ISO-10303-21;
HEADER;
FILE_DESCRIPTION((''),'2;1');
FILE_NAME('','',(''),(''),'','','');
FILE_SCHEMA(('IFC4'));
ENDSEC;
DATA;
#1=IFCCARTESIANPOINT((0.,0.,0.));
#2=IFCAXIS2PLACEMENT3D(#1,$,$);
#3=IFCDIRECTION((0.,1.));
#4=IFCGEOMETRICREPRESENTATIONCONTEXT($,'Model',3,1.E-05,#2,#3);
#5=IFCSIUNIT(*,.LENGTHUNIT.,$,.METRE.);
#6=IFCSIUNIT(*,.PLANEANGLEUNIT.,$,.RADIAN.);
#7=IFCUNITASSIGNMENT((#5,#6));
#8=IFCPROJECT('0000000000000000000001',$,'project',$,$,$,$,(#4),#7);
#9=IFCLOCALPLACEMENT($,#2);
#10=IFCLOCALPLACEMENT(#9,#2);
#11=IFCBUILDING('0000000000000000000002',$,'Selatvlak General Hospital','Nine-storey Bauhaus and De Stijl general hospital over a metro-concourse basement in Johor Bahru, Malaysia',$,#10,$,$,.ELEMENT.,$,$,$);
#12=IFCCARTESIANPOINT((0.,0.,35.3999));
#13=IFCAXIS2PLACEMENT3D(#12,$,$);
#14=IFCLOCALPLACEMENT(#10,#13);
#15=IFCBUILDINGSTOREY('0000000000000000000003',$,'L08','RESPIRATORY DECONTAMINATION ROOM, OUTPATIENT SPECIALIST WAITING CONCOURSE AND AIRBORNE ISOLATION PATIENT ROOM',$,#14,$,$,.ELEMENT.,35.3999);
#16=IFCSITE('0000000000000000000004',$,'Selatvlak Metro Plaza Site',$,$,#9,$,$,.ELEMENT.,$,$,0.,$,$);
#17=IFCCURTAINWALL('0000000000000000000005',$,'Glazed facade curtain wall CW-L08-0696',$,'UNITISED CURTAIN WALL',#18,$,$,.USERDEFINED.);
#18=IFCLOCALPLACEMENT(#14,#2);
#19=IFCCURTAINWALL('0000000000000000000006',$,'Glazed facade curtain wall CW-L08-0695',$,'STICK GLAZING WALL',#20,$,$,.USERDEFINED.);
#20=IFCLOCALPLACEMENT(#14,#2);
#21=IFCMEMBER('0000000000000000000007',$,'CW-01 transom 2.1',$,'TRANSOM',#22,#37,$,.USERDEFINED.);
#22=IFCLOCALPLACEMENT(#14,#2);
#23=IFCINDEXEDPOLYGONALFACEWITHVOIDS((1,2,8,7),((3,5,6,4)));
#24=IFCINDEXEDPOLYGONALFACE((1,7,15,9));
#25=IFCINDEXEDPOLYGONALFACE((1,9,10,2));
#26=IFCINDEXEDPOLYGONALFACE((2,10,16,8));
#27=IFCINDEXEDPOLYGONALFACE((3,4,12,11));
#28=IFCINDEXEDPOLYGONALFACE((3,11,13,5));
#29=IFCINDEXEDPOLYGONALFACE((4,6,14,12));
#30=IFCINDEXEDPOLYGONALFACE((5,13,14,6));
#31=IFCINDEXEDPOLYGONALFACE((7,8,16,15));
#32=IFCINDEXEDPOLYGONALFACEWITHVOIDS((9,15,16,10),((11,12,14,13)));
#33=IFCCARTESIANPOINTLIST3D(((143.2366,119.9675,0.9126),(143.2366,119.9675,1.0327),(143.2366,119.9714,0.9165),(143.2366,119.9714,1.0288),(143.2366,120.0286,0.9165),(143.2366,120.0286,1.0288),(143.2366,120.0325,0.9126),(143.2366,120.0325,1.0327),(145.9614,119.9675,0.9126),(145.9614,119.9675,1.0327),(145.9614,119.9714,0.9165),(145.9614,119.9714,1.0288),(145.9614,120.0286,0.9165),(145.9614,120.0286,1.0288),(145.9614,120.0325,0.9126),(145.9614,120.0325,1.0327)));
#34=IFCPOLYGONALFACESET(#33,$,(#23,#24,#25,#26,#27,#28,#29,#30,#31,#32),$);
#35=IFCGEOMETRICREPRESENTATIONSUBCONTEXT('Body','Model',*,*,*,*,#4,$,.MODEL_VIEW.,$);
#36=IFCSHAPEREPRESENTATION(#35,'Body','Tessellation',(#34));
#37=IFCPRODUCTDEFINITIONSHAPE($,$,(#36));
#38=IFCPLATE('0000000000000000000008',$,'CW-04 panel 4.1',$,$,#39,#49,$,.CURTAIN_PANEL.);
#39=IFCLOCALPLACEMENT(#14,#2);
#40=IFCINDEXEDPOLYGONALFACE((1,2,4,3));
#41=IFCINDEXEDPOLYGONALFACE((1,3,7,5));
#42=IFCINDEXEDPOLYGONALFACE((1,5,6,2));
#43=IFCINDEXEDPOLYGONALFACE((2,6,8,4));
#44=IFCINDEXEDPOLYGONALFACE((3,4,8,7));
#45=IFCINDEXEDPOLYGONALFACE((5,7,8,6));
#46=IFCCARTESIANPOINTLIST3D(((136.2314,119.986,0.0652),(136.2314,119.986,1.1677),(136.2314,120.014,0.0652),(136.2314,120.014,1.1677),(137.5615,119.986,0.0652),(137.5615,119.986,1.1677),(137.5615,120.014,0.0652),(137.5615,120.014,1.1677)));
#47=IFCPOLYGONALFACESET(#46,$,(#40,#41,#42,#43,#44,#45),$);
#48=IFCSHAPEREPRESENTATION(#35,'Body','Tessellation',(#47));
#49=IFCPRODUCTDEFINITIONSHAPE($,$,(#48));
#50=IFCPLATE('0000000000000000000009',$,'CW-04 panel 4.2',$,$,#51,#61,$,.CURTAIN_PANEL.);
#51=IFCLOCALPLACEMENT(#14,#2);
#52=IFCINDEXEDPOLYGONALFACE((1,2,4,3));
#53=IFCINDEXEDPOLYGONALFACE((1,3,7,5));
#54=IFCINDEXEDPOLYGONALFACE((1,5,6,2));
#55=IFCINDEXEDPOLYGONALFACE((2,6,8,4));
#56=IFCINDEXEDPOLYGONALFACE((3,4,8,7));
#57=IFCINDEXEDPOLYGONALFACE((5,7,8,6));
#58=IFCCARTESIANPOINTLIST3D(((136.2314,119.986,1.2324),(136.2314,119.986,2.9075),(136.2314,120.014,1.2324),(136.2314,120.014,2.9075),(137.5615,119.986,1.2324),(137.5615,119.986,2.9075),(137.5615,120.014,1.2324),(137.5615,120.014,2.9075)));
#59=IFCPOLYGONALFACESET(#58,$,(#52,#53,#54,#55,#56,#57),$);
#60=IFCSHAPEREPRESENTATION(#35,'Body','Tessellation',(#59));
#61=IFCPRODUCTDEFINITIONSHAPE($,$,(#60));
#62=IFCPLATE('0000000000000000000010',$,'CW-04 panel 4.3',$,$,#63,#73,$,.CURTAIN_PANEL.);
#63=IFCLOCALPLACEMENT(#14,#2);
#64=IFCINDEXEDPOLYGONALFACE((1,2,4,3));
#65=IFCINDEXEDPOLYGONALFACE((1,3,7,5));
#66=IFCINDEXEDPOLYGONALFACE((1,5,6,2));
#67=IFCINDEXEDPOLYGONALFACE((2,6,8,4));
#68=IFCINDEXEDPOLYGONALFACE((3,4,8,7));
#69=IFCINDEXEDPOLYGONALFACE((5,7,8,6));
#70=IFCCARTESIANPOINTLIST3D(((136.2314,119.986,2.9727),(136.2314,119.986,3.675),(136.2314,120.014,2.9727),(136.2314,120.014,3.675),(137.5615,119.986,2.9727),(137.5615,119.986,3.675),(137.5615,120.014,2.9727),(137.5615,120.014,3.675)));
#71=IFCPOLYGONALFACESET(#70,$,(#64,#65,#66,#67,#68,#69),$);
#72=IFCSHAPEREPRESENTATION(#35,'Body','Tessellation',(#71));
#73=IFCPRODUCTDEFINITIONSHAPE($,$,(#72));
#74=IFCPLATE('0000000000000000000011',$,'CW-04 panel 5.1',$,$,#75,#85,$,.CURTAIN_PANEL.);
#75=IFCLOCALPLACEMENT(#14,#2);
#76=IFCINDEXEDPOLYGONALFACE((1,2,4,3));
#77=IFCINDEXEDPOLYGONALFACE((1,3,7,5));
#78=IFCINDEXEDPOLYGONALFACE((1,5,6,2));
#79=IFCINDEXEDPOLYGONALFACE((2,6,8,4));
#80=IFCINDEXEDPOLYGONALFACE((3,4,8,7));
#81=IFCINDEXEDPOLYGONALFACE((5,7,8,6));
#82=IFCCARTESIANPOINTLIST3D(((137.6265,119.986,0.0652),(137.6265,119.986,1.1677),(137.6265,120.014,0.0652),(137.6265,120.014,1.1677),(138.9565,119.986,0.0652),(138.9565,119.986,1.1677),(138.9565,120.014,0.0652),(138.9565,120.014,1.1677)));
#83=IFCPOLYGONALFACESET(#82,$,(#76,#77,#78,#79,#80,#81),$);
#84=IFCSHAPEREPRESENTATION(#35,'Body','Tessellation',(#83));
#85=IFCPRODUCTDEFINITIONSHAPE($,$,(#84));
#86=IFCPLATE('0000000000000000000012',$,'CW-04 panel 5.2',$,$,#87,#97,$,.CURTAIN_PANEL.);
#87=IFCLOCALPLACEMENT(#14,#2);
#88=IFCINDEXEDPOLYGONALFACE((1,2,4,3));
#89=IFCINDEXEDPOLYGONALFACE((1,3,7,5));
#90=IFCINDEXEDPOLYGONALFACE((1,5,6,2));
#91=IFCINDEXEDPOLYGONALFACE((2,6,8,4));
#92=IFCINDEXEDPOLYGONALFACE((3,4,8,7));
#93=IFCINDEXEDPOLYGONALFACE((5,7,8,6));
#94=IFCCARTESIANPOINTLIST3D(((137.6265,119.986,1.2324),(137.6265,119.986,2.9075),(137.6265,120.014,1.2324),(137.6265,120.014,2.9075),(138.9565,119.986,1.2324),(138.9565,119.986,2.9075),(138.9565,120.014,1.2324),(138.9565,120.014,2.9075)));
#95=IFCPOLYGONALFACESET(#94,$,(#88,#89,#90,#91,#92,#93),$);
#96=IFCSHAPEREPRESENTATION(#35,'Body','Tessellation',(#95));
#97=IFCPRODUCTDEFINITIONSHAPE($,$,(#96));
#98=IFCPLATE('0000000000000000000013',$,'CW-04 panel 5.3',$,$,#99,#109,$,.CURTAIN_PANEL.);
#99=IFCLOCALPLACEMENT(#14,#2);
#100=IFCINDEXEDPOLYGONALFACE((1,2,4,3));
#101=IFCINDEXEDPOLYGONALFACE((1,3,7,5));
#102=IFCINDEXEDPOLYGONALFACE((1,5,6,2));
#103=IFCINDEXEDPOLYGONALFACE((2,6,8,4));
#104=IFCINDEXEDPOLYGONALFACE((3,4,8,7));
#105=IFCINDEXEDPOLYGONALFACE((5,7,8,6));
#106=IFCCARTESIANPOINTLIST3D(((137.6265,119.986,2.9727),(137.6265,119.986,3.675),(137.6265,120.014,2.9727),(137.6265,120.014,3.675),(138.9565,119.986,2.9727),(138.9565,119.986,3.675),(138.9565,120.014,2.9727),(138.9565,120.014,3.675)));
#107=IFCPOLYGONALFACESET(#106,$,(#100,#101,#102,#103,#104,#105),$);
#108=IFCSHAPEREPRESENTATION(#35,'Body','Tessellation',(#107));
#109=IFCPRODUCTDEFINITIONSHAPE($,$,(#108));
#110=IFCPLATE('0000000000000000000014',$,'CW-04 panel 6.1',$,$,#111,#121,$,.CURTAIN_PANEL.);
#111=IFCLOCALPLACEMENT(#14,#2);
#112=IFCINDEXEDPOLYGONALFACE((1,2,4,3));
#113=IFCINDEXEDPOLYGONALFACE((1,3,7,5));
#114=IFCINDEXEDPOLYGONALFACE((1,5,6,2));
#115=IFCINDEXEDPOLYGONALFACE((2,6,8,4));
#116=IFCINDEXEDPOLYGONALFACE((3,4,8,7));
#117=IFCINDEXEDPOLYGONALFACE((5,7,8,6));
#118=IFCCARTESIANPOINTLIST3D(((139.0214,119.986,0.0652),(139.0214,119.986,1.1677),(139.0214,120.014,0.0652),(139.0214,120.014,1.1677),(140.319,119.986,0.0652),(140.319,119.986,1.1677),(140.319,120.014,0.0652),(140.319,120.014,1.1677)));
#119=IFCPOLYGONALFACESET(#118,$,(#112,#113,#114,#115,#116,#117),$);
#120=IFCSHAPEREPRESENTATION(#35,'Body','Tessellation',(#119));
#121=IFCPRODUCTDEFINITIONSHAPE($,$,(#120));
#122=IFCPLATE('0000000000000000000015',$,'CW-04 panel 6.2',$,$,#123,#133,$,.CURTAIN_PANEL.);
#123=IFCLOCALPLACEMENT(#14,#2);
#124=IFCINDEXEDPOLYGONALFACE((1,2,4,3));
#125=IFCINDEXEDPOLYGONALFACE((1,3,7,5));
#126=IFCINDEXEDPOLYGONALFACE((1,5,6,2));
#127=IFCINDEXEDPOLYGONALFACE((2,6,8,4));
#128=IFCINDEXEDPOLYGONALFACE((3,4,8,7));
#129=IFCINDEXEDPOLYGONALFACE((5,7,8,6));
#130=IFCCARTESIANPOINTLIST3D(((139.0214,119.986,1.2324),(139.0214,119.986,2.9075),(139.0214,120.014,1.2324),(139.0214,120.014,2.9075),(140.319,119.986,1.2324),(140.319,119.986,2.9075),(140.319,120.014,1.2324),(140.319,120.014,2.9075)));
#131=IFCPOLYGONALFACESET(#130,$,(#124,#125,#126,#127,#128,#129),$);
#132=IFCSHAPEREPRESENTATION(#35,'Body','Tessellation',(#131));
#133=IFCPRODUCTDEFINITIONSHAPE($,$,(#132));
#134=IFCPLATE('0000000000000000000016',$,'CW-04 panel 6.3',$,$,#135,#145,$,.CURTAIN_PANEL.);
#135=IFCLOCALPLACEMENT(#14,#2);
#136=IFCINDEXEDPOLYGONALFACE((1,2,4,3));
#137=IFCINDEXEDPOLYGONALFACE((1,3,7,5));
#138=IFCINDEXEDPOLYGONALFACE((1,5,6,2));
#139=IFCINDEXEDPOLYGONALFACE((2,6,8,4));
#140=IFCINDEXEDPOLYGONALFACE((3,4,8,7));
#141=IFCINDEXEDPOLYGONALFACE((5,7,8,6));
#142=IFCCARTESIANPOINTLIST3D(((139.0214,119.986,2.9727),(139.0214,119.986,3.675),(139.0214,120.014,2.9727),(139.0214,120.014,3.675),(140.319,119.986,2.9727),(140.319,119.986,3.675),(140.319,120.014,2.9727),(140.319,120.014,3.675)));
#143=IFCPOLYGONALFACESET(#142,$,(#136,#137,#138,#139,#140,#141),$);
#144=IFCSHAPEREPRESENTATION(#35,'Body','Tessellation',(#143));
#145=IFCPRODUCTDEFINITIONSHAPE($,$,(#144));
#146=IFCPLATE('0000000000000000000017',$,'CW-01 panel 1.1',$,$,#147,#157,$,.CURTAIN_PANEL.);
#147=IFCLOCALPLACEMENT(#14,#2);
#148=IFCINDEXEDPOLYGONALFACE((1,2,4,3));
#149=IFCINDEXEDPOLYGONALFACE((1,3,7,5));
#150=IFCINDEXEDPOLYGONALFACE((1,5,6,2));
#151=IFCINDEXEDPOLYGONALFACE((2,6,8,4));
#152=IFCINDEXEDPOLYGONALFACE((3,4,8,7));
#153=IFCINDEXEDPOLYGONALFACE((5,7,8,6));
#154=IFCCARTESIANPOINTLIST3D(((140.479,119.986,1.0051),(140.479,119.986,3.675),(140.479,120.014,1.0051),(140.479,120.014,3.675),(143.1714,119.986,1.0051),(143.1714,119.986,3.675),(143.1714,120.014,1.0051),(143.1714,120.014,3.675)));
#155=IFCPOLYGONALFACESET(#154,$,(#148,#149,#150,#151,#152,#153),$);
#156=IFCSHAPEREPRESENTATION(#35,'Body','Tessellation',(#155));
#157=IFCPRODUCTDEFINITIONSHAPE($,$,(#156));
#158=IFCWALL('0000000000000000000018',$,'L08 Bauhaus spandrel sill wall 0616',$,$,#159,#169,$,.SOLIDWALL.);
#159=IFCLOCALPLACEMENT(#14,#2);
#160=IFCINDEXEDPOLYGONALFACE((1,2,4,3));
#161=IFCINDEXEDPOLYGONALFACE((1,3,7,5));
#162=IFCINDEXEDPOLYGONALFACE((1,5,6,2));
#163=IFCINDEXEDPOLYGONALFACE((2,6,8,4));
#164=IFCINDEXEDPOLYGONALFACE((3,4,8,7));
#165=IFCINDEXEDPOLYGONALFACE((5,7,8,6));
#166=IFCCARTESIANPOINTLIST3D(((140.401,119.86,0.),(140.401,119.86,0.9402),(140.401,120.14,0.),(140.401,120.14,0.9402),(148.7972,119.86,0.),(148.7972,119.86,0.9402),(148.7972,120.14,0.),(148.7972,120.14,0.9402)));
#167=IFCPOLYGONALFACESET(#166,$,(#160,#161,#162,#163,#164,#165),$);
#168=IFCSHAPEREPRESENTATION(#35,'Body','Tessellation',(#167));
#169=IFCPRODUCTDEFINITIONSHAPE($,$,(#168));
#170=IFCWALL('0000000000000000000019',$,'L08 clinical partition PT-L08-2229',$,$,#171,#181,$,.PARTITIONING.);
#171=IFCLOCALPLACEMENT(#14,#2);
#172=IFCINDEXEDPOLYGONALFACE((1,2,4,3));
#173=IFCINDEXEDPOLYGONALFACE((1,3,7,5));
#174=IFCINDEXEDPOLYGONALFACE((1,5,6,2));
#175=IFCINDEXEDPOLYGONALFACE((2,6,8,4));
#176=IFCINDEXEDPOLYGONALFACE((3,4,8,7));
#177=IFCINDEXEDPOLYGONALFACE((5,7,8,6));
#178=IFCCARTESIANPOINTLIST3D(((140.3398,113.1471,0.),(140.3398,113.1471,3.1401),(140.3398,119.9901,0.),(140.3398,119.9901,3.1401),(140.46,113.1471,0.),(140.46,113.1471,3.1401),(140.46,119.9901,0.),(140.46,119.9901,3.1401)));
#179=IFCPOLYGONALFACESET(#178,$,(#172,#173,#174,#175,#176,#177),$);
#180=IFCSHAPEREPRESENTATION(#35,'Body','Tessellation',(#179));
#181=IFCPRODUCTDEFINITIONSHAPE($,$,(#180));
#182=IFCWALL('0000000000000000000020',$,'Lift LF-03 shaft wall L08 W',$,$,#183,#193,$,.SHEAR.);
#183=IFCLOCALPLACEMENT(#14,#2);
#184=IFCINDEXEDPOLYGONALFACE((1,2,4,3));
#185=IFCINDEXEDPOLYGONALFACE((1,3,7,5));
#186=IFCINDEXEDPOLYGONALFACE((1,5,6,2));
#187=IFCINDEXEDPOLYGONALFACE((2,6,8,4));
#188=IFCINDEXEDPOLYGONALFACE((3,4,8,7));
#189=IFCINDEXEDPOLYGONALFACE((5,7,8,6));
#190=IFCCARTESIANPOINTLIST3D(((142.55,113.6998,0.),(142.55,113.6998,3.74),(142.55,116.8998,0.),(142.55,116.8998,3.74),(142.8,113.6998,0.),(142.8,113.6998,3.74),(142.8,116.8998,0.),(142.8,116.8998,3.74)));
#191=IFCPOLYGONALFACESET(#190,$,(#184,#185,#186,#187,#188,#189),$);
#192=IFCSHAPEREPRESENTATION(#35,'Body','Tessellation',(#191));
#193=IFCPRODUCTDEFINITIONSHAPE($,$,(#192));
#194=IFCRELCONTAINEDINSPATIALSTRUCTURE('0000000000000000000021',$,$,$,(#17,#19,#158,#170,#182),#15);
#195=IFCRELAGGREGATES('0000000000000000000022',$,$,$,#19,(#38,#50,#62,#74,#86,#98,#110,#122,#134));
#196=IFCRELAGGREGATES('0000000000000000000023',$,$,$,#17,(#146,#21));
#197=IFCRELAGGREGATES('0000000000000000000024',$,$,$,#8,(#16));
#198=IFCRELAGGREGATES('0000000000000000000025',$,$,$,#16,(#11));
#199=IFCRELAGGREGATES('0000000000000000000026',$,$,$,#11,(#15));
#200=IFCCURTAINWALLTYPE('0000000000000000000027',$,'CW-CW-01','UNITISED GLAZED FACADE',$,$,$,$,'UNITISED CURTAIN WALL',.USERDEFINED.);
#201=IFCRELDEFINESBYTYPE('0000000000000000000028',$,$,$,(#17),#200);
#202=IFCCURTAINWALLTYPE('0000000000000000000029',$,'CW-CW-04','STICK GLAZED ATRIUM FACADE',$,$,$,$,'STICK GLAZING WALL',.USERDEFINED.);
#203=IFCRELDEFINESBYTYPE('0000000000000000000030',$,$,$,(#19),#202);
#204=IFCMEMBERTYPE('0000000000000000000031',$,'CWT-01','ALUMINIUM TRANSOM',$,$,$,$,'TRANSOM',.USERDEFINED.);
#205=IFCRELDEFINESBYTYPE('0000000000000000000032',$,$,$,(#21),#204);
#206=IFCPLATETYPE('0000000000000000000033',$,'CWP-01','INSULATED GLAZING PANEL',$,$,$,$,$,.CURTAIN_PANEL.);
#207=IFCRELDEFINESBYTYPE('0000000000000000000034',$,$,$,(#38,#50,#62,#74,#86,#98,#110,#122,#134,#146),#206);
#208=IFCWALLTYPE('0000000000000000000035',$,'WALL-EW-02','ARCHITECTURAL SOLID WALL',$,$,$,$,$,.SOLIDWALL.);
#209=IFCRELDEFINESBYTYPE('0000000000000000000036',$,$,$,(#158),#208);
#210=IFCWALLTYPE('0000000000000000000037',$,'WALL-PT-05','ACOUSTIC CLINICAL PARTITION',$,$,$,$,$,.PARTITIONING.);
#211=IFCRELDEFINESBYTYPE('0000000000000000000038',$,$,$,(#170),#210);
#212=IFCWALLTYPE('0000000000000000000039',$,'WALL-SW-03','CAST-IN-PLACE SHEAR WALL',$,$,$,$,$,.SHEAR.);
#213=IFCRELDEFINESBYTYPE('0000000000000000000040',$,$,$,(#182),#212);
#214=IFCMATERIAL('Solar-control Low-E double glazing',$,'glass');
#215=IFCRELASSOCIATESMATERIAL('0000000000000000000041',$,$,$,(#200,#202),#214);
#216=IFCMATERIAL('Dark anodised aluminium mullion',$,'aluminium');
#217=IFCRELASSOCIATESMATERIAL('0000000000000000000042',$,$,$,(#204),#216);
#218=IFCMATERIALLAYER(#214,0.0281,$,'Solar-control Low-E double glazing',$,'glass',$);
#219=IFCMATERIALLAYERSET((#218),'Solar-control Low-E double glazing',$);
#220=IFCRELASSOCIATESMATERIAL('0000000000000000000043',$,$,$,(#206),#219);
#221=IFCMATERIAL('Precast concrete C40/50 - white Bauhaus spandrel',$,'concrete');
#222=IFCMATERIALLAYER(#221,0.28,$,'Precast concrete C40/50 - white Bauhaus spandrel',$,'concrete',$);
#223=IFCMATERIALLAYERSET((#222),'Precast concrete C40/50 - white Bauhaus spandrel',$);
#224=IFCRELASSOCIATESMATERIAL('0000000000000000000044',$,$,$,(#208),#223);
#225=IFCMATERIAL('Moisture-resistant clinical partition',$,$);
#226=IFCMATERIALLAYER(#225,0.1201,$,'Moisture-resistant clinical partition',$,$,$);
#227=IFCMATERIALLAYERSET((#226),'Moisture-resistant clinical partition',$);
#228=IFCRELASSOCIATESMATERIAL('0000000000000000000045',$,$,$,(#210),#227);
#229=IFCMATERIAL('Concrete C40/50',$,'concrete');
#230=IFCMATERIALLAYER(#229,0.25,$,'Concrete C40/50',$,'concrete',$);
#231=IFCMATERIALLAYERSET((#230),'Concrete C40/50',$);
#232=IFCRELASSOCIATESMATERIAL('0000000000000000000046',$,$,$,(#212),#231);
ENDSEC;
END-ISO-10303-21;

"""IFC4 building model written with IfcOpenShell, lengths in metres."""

from ifc_helpers import new_model, si_unit, direction, frame, frame_2d, origin, origin_2d, place, context, subcontext, project, spatial, rectangle, hollow_rectangle, extrude, material, layer, layer_set, material_profile, profile_set, type_object, element, aggregate, save


model = new_model("IFC4")

# Units and contexts
model_context = context("Model", 3, precision=1e-05, world=origin(), true_north=direction((0.0, 1.0)))
body_context = subcontext(model_context, "Body", "Model", "MODEL_VIEW")
ifc_project = project(units=[si_unit("LENGTHUNIT", "METRE"), si_unit("PLANEANGLEUNIT", "RADIAN")], contexts=[model_context])

# Site, building, storey
site_placement = place(None, origin())
site = spatial("IfcSite", under=ifc_project, at=site_placement, Name="Selatvlak Metro Plaza Site", CompositionType="ELEMENT", RefElevation=0.0)
building_placement = place(site_placement, origin())
building = spatial("IfcBuilding", under=site, at=building_placement, Name="Selatvlak General Hospital", Description="Nine-storey Bauhaus and De Stijl general hospital over a metro-concourse basement in Johor Bahru, Malaysia", CompositionType="ELEMENT")
storey_placement = place(building_placement, frame((0.0, 0.0, 35.3999)))
storey = spatial("IfcBuildingStorey", under=building, at=storey_placement, Name="L08", Description="RESPIRATORY DECONTAMINATION ROOM, OUTPATIENT SPECIALIST WAITING CONCOURSE AND AIRBORNE ISOLATION PATIENT ROOM", CompositionType="ELEMENT", Elevation=35.3999)

# Shared definitions
ifc_material_1 = material(Name="Concrete C40/50", Category="concrete")

# Curtain walls
ifc_material_2 = material(Name="Solar-control Low-E double glazing", Category="glass")
curtain_wall_type_1 = type_object("IfcCurtainWallType", Name="CW-CW-01", Description="UNITISED GLAZED FACADE", ElementType="UNITISED CURTAIN WALL", PredefinedType="USERDEFINED", material=ifc_material_2)
curtain_wall_1_placement = place(storey_placement, origin())
curtain_wall_1 = element("IfcCurtainWall", 1, at=curtain_wall_1_placement, inside=storey, type_object=curtain_wall_type_1, Name="Glazed facade curtain wall CW-L08-0696", ObjectType="UNITISED CURTAIN WALL", PredefinedType="USERDEFINED")
ifc_material_3 = material(Name="Dark anodised aluminium mullion", Category="aluminium")
curtain_wall_type_2 = type_object("IfcCurtainWallType", Name="CW-CW-04", Description="STICK GLAZED ATRIUM FACADE", ElementType="STICK GLAZING WALL", PredefinedType="USERDEFINED", material=ifc_material_2)
curtain_wall_2_placement = place(storey_placement, origin())
curtain_wall_2 = element("IfcCurtainWall", 2, at=curtain_wall_2_placement, inside=storey, type_object=curtain_wall_type_2, Name="Glazed facade curtain wall CW-L08-0695", ObjectType="STICK GLAZING WALL", PredefinedType="USERDEFINED")
ifc_material_profile_1 = material_profile(ifc_material_3, hollow_rectangle(XDim=0.0649, YDim=0.1201, WallThickness=0.0039, at=origin_2d()), Name="AL-TRN 65x120x4")
ifc_profile_set_1 = profile_set([ifc_material_profile_1], Name="Dark anodised aluminium mullion")
member_type_1 = type_object("IfcMemberType", Name="CWT-01", Description="ALUMINIUM TRANSOM", ElementType="TRANSOM", PredefinedType="USERDEFINED", material=ifc_profile_set_1)

# Member
member_1_placement = place(storey_placement, frame((143.2366, 120.0, 0.9727), z_axis=(1.0, 0.0, 0.0), x_axis=(0.0, 1.0, 0.0)))
member_1 = element("IfcMember", 3, at=member_1_placement, type_object=member_type_1, Name="CW-01 transom 2.1", ObjectType="TRANSOM", PredefinedType="USERDEFINED", context=body_context, shape_type="SweptSolid", body=[
    extrude(hollow_rectangle(XDim=0.0649, YDim=0.1201, WallThickness=0.0039, at=origin_2d()), origin(), (0.0, 0.0, 1.0), 2.7249),
])

# Plates
ifc_layer_1 = layer(ifc_material_2, 0.0281, Name="Solar-control Low-E double glazing", Category="glass")
ifc_layer_set_1 = layer_set([ifc_layer_1], Name="Solar-control Low-E double glazing")
plate_type = type_object("IfcPlateType", Name="CWP-01", Description="INSULATED GLAZING PANEL", PredefinedType="CURTAIN_PANEL", material=ifc_layer_set_1)
plate_1_placement = place(storey_placement, frame((136.8965, 120.0, 0.0652), z_axis=(0.0, 0.0, 1.0), x_axis=(1.0, 0.0, 0.0)))
plate_1 = element("IfcPlate", 4, at=plate_1_placement, type_object=plate_type, Name="CW-04 panel 4.1", PredefinedType="CURTAIN_PANEL", context=body_context, shape_type="SweptSolid", body=[
    extrude(rectangle(XDim=1.3301, YDim=0.0281, at=origin_2d()), origin(), (0.0, 0.0, 1.0), 1.1025),
])
plate_2_placement = place(storey_placement, frame((136.8965, 120.0, 1.2324), z_axis=(0.0, 0.0, 1.0), x_axis=(1.0, 0.0, 0.0)))
plate_2 = element("IfcPlate", 5, at=plate_2_placement, type_object=plate_type, Name="CW-04 panel 4.2", PredefinedType="CURTAIN_PANEL", context=body_context, shape_type="SweptSolid", body=[
    extrude(rectangle(XDim=1.3301, YDim=0.0281, at=origin_2d()), origin(), (0.0, 0.0, 1.0), 1.675),
])
plate_3_placement = place(storey_placement, frame((136.8965, 120.0, 2.9727), z_axis=(0.0, 0.0, 1.0), x_axis=(1.0, 0.0, 0.0)))
plate_3 = element("IfcPlate", 6, at=plate_3_placement, type_object=plate_type, Name="CW-04 panel 4.3", PredefinedType="CURTAIN_PANEL", context=body_context, shape_type="SweptSolid", body=[
    extrude(rectangle(XDim=1.3301, YDim=0.0281, at=origin_2d()), origin(), (0.0, 0.0, 1.0), 0.7024),
])
plate_4_placement = place(storey_placement, frame((138.2915, 120.0, 0.0652), z_axis=(0.0, 0.0, 1.0), x_axis=(1.0, 0.0, 0.0)))
plate_4 = element("IfcPlate", 7, at=plate_4_placement, type_object=plate_type, Name="CW-04 panel 5.1", PredefinedType="CURTAIN_PANEL", context=body_context, shape_type="SweptSolid", body=[
    extrude(rectangle(XDim=1.3301, YDim=0.0281, at=origin_2d()), origin(), (0.0, 0.0, 1.0), 1.1025),
])
plate_5_placement = place(storey_placement, frame((138.2915, 120.0, 1.2324), z_axis=(0.0, 0.0, 1.0), x_axis=(1.0, 0.0, 0.0)))
plate_5 = element("IfcPlate", 8, at=plate_5_placement, type_object=plate_type, Name="CW-04 panel 5.2", PredefinedType="CURTAIN_PANEL", context=body_context, shape_type="SweptSolid", body=[
    extrude(rectangle(XDim=1.3301, YDim=0.0281, at=origin_2d()), origin(), (0.0, 0.0, 1.0), 1.675),
])
plate_6_placement = place(storey_placement, frame((138.2915, 120.0, 2.9727), z_axis=(0.0, 0.0, 1.0), x_axis=(1.0, 0.0, 0.0)))
plate_6 = element("IfcPlate", 9, at=plate_6_placement, type_object=plate_type, Name="CW-04 panel 5.3", PredefinedType="CURTAIN_PANEL", context=body_context, shape_type="SweptSolid", body=[
    extrude(rectangle(XDim=1.3301, YDim=0.0281, at=origin_2d()), origin(), (0.0, 0.0, 1.0), 0.7024),
])
plate_7_placement = place(storey_placement, frame((139.6702, 120.0, 0.0652), z_axis=(0.0, 0.0, 1.0), x_axis=(1.0, 0.0, 0.0)))
plate_7 = element("IfcPlate", 10, at=plate_7_placement, type_object=plate_type, Name="CW-04 panel 6.1", PredefinedType="CURTAIN_PANEL", context=body_context, shape_type="SweptSolid", body=[
    extrude(rectangle(XDim=1.2976, YDim=0.0281, at=origin_2d()), origin(), (0.0, 0.0, 1.0), 1.1025),
])
plate_8_placement = place(storey_placement, frame((139.6702, 120.0, 1.2324), z_axis=(0.0, 0.0, 1.0), x_axis=(1.0, 0.0, 0.0)))
plate_8 = element("IfcPlate", 11, at=plate_8_placement, type_object=plate_type, Name="CW-04 panel 6.2", PredefinedType="CURTAIN_PANEL", context=body_context, shape_type="SweptSolid", body=[
    extrude(rectangle(XDim=1.2976, YDim=0.0281, at=origin_2d()), origin(), (0.0, 0.0, 1.0), 1.675),
])
plate_9_placement = place(storey_placement, frame((139.6702, 120.0, 2.9727), z_axis=(0.0, 0.0, 1.0), x_axis=(1.0, 0.0, 0.0)))
plate_9 = element("IfcPlate", 12, at=plate_9_placement, type_object=plate_type, Name="CW-04 panel 6.3", PredefinedType="CURTAIN_PANEL", context=body_context, shape_type="SweptSolid", body=[
    extrude(rectangle(XDim=1.2976, YDim=0.0281, at=origin_2d()), origin(), (0.0, 0.0, 1.0), 0.7024),
])
aggregate(curtain_wall_2, [plate_1, plate_2, plate_3, plate_4, plate_5, plate_6, plate_7, plate_8, plate_9])
plate_10_placement = place(storey_placement, frame((141.8252, 120.0, 1.0051), z_axis=(0.0, 0.0, 1.0), x_axis=(1.0, 0.0, 0.0)))
plate_10 = element("IfcPlate", 13, at=plate_10_placement, type_object=plate_type, Name="CW-01 panel 1.1", PredefinedType="CURTAIN_PANEL", context=body_context, shape_type="SweptSolid", body=[
    extrude(rectangle(XDim=2.6924, YDim=0.0281, at=origin_2d()), origin(), (0.0, 0.0, 1.0), 2.6699),
])
aggregate(curtain_wall_1, [plate_10, member_1])

# Walls
ifc_material_4 = material(Name="Precast concrete C40/50 - white Bauhaus spandrel", Category="concrete")
ifc_layer_2 = layer(ifc_material_4, 0.28, Name="Precast concrete C40/50 - white Bauhaus spandrel", Category="concrete")
ifc_layer_set_2 = layer_set([ifc_layer_2], Name="Precast concrete C40/50 - white Bauhaus spandrel")
wall_type_1 = type_object("IfcWallType", Name="WALL-EW-02", Description="ARCHITECTURAL SOLID WALL", PredefinedType="SOLIDWALL", material=ifc_layer_set_2)
wall_1_placement = place(storey_placement, frame((140.4009, 120.0, 0.0), z_axis=(0.0, 0.0, 1.0), x_axis=(1.0, 0.0, 0.0)))
element("IfcWall", 14, at=wall_1_placement, inside=storey, type_object=wall_type_1, Name="L08 Bauhaus spandrel sill wall 0616", PredefinedType="SOLIDWALL", context=body_context, shape_type="SweptSolid", body=[
    extrude(rectangle(XDim=8.3962, YDim=0.28, at=frame_2d((4.1982, 0.0))), origin(), (0.0, 0.0, 1.0), 0.9402),
])
ifc_material_5 = material(Name="Moisture-resistant clinical partition")
ifc_layer_3 = layer(ifc_material_5, 0.1201, Name="Moisture-resistant clinical partition")
ifc_layer_set_3 = layer_set([ifc_layer_3], Name="Moisture-resistant clinical partition")
wall_type_2 = type_object("IfcWallType", Name="WALL-PT-05", Description="ACOUSTIC CLINICAL PARTITION", PredefinedType="PARTITIONING", material=ifc_layer_set_3)
wall_2_placement = place(storey_placement, frame((140.3999, 119.99, 0.0), z_axis=(0.0, 0.0, 1.0), x_axis=(0.0, -1.0, 0.0)))
element("IfcWall", 15, at=wall_2_placement, inside=storey, type_object=wall_type_2, Name="L08 clinical partition PT-L08-2229", PredefinedType="PARTITIONING", context=body_context, shape_type="SweptSolid", body=[
    extrude(rectangle(XDim=6.843, YDim=0.1201, at=frame_2d((3.4214, 0.0))), origin(), (0.0, 0.0, 1.0), 3.1401),
])
ifc_layer_4 = layer(ifc_material_1, 0.25, Name="Concrete C40/50", Category="concrete")
ifc_layer_set_4 = layer_set([ifc_layer_4], Name="Concrete C40/50")
wall_type_3 = type_object("IfcWallType", Name="WALL-SW-03", Description="CAST-IN-PLACE SHEAR WALL", PredefinedType="SHEAR", material=ifc_layer_set_4)
wall_3_placement = place(storey_placement, frame((142.675, 116.8999, 0.0), z_axis=(0.0, 0.0, 1.0), x_axis=(0.0, -1.0, 0.0)))
element("IfcWall", 16, at=wall_3_placement, inside=storey, type_object=wall_type_3, Name="Lift LF-03 shaft wall L08 W", PredefinedType="SHEAR", context=body_context, shape_type="SweptSolid", body=[
    extrude(rectangle(XDim=3.2, YDim=0.25, at=frame_2d((1.6001, 0.0))), origin(), (0.0, 0.0, 1.0), 3.74),
])

save(model, "model.ifc")
